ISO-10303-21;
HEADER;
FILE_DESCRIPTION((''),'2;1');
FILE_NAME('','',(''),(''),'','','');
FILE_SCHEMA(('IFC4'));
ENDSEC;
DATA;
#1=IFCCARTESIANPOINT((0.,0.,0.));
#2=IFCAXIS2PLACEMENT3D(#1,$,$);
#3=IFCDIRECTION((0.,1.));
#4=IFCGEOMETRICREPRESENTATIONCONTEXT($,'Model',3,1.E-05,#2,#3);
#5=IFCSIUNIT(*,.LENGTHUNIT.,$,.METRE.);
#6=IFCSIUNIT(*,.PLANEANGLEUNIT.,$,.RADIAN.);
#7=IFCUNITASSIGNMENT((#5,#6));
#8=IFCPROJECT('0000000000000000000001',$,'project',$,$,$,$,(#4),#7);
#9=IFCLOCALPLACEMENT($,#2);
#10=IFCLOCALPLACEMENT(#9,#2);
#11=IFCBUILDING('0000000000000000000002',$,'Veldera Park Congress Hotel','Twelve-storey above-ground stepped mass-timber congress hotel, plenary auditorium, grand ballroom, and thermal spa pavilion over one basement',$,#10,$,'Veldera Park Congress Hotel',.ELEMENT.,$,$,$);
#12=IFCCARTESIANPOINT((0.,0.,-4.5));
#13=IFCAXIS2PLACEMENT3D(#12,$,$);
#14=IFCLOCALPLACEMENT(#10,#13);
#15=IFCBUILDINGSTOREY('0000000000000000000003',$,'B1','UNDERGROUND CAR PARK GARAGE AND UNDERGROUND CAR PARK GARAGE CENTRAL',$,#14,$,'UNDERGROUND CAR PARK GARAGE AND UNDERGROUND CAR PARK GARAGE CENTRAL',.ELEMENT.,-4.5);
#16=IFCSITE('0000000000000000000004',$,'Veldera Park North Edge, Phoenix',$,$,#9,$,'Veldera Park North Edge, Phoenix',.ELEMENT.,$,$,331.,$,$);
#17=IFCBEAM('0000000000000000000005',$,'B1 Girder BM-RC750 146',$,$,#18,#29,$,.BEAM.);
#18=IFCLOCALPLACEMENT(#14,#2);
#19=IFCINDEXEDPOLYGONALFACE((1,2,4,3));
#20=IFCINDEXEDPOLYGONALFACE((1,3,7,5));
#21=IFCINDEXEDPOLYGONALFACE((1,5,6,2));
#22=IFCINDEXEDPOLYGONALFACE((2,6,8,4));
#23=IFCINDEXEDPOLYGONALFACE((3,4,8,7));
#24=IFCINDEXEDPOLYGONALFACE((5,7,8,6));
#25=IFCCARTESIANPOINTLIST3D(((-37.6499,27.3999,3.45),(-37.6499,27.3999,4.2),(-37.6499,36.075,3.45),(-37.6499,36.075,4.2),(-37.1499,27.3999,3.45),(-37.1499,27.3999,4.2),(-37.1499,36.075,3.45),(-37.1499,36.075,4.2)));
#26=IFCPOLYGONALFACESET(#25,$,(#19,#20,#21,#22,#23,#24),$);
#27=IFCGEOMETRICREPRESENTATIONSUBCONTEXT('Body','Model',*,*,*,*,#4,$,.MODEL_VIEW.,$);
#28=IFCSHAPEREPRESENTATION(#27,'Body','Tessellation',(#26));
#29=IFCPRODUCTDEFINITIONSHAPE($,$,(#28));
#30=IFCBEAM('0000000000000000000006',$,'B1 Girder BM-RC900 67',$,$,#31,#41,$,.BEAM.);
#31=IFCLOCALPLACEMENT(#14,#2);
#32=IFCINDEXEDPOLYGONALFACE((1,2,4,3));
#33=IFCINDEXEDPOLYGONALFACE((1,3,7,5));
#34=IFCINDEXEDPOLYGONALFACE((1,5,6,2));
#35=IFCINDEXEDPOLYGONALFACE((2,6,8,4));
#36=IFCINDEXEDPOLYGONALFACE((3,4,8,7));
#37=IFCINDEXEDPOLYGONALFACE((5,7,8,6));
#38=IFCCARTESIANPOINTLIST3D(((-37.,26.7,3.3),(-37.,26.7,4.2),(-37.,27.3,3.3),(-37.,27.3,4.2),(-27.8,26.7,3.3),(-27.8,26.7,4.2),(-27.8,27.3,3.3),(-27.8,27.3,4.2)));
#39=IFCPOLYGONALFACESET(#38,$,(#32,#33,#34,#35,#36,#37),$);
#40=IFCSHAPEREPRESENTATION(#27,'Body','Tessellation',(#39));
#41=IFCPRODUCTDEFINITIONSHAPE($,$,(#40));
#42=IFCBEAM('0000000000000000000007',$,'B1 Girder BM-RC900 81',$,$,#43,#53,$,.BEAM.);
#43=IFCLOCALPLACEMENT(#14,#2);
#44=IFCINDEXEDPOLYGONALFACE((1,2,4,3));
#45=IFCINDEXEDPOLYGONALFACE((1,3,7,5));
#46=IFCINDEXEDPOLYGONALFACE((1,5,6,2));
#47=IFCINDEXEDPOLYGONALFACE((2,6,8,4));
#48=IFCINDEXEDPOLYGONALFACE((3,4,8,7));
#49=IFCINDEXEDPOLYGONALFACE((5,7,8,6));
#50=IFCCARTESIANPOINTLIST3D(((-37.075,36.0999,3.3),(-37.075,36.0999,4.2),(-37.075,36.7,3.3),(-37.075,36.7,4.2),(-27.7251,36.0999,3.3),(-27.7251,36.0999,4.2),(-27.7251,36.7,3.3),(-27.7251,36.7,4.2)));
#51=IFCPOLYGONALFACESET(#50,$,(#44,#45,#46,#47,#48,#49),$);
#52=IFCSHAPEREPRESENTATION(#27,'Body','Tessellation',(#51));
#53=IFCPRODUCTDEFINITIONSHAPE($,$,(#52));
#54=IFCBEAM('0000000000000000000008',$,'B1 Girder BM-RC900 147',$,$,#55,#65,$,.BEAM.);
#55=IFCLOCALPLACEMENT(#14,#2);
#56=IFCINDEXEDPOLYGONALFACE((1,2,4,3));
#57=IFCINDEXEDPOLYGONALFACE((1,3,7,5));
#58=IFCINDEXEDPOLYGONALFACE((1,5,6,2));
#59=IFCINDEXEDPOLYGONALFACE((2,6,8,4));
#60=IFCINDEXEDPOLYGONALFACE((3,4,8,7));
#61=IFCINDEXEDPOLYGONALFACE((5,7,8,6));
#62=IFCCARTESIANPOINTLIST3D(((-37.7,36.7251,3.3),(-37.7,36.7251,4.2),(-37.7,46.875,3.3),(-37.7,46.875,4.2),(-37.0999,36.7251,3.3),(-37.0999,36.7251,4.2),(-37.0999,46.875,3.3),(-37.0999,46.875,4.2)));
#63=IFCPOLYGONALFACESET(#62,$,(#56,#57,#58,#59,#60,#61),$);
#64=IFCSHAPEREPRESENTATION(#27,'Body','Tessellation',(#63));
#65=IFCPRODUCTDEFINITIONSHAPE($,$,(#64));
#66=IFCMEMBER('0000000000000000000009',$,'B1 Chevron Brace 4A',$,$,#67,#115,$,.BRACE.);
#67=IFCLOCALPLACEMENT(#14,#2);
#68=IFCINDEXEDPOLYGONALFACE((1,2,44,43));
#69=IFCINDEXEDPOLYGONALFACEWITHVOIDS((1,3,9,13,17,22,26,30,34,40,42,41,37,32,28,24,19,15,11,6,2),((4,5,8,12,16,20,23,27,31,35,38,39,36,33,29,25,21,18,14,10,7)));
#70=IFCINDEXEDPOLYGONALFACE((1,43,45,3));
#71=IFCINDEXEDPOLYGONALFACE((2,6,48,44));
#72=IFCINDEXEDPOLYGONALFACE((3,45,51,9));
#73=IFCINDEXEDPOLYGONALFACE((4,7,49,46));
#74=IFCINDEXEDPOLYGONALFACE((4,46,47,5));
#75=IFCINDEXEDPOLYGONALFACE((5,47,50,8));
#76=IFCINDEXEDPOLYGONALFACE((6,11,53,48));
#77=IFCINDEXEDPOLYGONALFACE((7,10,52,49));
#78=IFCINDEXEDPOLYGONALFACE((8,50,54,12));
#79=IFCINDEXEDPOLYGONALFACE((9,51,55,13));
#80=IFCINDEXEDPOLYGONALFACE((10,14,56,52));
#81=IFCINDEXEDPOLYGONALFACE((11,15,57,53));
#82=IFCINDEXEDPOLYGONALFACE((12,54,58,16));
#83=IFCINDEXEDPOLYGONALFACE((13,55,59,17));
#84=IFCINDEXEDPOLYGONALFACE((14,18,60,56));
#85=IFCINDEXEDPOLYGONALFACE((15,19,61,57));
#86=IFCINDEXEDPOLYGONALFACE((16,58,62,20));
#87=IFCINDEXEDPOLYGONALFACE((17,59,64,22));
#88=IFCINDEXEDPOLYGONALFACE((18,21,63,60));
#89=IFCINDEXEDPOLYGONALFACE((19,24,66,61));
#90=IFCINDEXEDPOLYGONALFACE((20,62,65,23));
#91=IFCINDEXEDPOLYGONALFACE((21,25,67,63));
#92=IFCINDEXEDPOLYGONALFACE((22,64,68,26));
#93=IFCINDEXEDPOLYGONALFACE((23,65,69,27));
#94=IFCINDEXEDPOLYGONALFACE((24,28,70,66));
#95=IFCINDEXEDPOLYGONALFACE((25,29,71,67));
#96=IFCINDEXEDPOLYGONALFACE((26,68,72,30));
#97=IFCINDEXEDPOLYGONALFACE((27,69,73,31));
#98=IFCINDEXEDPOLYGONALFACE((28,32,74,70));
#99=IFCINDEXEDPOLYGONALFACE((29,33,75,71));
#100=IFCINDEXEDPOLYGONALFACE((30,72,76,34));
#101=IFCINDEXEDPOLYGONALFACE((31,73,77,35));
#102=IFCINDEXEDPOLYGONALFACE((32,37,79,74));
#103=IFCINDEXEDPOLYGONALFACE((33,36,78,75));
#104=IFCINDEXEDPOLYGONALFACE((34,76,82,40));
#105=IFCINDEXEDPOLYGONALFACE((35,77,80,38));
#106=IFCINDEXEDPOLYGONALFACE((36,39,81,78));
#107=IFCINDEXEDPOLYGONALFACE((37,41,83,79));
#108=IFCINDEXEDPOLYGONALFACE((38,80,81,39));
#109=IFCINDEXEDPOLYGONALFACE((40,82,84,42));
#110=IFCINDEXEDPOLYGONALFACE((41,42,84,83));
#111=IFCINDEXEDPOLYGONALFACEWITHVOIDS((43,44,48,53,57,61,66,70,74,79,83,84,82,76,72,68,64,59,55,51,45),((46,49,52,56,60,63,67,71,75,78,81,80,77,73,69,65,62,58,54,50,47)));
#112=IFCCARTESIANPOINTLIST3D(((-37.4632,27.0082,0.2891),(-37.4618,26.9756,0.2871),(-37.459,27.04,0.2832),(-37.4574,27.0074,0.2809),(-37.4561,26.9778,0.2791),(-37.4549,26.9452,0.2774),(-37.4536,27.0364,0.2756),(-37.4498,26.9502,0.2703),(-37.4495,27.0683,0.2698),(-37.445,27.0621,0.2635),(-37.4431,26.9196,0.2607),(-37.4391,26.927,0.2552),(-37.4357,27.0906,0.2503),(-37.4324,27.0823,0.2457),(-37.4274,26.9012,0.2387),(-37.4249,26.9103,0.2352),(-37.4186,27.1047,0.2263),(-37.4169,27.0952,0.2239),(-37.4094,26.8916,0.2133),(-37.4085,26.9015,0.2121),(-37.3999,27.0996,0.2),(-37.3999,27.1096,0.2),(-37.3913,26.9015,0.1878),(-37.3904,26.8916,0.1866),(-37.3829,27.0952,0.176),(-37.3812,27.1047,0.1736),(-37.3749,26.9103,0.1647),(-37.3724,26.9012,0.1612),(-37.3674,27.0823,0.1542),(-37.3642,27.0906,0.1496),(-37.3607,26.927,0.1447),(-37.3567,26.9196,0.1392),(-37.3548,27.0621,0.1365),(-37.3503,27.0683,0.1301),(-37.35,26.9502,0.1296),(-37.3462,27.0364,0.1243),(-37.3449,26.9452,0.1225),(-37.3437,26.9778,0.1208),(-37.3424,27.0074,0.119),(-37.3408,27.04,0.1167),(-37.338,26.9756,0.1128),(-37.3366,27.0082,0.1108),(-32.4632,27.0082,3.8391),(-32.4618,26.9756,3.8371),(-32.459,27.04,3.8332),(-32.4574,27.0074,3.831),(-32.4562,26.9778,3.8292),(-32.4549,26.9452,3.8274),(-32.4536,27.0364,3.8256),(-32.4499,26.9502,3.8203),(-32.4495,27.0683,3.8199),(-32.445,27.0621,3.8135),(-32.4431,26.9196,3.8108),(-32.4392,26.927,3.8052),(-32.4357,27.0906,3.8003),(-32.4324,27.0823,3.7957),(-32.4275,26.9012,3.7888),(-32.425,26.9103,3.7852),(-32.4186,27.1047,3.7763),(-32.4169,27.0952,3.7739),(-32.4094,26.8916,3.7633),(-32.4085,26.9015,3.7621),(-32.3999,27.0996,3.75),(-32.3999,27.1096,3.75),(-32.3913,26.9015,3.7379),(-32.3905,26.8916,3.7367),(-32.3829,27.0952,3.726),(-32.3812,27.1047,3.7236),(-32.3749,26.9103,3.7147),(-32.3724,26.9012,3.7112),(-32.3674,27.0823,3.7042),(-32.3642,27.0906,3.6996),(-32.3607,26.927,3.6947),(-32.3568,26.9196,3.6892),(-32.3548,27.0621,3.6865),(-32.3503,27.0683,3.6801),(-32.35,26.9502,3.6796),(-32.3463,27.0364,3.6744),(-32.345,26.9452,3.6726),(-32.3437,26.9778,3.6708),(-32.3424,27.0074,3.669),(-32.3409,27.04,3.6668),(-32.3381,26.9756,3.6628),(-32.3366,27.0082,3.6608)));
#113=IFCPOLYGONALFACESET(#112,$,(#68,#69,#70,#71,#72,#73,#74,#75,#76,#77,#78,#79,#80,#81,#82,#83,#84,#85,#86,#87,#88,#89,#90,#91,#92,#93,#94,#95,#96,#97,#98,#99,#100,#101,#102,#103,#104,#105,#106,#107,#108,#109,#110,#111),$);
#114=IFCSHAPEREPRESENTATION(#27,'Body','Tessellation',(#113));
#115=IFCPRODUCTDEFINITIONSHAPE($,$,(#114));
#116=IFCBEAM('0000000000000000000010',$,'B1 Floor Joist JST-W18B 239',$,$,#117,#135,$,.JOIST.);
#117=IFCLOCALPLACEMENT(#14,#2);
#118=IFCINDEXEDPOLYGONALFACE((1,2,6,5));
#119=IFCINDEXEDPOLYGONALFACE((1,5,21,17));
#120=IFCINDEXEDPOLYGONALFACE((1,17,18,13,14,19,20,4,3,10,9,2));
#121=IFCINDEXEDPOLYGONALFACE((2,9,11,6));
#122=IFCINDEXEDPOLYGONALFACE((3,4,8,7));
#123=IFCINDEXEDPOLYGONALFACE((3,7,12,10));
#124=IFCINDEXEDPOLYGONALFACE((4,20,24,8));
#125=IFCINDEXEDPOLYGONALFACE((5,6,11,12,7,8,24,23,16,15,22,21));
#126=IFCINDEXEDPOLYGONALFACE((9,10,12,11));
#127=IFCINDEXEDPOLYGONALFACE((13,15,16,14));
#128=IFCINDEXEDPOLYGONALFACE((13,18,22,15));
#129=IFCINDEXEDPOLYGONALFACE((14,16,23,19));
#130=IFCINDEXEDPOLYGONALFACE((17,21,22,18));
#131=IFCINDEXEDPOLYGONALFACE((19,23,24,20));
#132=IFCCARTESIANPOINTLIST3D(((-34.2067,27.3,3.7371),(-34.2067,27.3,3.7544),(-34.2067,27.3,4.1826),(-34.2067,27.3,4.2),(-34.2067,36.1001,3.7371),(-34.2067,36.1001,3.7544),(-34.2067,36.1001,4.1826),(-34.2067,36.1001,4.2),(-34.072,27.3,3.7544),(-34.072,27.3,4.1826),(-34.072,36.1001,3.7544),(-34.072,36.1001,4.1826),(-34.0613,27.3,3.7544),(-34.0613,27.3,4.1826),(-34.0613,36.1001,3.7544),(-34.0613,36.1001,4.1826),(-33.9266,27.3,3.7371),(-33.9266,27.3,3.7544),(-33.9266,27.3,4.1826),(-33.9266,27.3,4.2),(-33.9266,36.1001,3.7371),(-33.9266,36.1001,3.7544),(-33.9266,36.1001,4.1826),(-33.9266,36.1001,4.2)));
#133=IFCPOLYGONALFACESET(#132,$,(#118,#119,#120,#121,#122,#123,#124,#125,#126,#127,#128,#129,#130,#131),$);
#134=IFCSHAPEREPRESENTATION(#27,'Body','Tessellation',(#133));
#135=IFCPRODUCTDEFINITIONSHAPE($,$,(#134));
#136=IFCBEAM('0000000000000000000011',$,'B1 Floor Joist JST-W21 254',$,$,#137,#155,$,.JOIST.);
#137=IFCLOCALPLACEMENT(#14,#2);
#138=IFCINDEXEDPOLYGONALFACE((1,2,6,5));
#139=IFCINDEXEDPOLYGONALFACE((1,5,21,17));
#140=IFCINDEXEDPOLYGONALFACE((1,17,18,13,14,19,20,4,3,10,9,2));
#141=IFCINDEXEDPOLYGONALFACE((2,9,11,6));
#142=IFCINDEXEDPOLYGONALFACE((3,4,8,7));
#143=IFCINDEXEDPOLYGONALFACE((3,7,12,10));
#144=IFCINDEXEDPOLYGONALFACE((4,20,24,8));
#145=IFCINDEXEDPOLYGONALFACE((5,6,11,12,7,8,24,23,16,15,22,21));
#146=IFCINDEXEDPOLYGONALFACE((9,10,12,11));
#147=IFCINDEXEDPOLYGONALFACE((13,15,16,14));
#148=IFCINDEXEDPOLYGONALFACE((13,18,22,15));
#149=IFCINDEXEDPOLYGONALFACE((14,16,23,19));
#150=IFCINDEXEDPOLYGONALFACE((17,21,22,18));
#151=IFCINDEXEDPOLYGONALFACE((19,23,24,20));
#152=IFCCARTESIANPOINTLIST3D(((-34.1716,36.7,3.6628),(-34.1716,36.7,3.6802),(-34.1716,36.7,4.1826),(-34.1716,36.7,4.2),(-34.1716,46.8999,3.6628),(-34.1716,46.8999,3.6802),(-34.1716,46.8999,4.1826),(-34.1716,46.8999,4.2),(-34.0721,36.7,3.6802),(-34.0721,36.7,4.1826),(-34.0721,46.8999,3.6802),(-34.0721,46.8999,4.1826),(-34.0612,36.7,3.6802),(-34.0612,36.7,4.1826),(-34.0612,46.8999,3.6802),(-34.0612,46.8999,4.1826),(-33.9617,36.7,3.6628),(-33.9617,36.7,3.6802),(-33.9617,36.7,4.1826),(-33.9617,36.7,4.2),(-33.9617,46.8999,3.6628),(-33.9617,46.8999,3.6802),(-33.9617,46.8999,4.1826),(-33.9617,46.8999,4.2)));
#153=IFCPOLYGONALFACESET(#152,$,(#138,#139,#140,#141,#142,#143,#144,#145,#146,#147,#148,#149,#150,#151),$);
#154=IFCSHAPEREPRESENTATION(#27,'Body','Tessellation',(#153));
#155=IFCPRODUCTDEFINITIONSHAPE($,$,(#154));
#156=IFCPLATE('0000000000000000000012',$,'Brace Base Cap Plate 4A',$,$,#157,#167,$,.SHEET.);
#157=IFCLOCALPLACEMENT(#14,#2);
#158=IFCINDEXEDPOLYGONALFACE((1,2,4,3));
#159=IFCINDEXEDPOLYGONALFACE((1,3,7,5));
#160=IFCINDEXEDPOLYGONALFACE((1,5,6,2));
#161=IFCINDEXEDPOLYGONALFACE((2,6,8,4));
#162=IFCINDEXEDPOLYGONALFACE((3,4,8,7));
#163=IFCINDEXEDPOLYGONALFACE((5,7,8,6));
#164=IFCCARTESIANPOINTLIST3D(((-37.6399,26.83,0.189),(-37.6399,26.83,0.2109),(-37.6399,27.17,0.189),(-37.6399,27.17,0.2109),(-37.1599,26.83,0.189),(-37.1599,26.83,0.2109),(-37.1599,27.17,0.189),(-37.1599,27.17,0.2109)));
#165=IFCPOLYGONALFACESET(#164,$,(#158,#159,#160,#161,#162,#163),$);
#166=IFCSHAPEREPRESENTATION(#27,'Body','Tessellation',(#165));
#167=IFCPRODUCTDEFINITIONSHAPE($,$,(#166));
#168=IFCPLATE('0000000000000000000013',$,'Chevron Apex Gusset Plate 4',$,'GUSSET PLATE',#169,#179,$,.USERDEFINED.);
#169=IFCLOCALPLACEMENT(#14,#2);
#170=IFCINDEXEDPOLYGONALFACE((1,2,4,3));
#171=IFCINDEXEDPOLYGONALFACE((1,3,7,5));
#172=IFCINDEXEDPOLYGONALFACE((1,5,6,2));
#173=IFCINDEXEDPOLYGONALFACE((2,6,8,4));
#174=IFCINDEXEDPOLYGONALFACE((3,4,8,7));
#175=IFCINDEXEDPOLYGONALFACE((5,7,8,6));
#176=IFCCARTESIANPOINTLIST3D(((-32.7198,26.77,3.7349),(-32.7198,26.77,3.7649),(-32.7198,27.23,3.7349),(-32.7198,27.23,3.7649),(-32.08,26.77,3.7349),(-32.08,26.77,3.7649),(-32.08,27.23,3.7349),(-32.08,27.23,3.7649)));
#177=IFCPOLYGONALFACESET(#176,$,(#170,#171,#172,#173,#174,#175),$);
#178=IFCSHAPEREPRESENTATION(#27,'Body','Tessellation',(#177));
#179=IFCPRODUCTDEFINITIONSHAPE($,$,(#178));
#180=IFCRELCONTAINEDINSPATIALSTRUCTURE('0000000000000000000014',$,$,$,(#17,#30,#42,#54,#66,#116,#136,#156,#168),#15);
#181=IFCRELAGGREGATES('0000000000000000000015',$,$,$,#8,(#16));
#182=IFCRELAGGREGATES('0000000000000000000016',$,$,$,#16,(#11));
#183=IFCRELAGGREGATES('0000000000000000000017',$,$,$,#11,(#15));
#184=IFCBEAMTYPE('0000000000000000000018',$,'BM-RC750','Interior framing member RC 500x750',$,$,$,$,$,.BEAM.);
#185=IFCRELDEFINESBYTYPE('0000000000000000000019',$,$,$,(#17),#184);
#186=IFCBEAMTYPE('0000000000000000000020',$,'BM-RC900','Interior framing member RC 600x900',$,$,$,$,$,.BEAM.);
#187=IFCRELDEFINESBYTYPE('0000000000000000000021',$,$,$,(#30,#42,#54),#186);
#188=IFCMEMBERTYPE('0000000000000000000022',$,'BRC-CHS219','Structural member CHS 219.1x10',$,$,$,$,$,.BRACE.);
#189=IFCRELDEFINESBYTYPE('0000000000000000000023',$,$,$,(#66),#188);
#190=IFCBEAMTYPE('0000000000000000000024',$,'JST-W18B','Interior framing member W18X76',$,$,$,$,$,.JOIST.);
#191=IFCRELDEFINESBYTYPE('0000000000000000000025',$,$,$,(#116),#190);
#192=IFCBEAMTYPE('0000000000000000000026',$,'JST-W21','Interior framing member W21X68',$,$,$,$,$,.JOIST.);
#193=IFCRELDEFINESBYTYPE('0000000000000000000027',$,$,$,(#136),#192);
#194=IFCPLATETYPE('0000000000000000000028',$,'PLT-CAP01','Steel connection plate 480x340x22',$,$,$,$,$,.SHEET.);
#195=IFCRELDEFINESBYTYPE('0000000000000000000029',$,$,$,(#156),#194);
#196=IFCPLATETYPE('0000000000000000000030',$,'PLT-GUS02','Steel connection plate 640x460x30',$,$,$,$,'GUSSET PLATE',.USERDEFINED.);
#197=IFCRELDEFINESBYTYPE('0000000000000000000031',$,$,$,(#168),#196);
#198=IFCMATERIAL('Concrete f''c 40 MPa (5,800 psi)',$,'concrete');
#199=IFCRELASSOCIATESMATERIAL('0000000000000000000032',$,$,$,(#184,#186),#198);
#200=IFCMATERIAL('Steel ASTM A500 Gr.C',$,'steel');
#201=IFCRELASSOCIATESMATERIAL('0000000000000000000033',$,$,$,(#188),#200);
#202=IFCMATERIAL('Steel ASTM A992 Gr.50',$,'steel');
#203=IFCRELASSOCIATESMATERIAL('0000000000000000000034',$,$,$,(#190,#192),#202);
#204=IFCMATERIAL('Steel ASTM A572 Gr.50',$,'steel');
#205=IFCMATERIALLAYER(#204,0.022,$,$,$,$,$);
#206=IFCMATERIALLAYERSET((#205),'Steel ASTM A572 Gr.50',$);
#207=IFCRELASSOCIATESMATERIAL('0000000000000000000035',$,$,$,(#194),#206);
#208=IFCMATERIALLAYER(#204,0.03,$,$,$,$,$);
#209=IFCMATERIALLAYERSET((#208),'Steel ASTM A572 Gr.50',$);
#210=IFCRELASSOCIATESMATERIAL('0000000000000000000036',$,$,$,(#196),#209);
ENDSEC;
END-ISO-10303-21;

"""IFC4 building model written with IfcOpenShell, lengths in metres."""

from ifc_helpers import new_model, si_unit, direction, frame, origin, origin_2d, place, context, subcontext, project, spatial, rectangle, hollow_circle, i_section, extrude, material, layer, layer_set, material_profile, profile_set, type_object, element, save


model = new_model("IFC4")

# Units and contexts
model_context = context("Model", 3, precision=1e-05, world=origin(), true_north=direction((0.0, 1.0)))
body_context = subcontext(model_context, "Body", "Model", "MODEL_VIEW")
ifc_project = project(units=[si_unit("LENGTHUNIT", "METRE"), si_unit("PLANEANGLEUNIT", "RADIAN")], contexts=[model_context])

# Site, building, storey
site_placement = place(None, origin())
site = spatial("IfcSite", under=ifc_project, at=site_placement, Name="Veldera Park North Edge, Phoenix", LongName="Veldera Park North Edge, Phoenix", CompositionType="ELEMENT", RefElevation=331.0)
building_placement = place(site_placement, origin())
building = spatial("IfcBuilding", under=site, at=building_placement, Name="Veldera Park Congress Hotel", Description="Twelve-storey above-ground stepped mass-timber congress hotel, plenary auditorium, grand ballroom, and thermal spa pavilion over one basement", LongName="Veldera Park Congress Hotel", CompositionType="ELEMENT")
storey_placement = place(building_placement, frame((0.0, 0.0, -4.5)))
storey = spatial("IfcBuildingStorey", under=building, at=storey_placement, Name="B1", Description="UNDERGROUND CAR PARK GARAGE AND UNDERGROUND CAR PARK GARAGE CENTRAL", LongName="UNDERGROUND CAR PARK GARAGE AND UNDERGROUND CAR PARK GARAGE CENTRAL", CompositionType="ELEMENT", Elevation=-4.5)

# Shared definitions
ifc_material_1 = material(Name="Concrete f'c 40 MPa (5,800 psi)", Category="concrete")

# Beams
ifc_material_profile_1 = material_profile(ifc_material_1, rectangle(XDim=0.5, YDim=0.75, at=origin_2d()), Name="RC 500x750")
ifc_profile_set_1 = profile_set([ifc_material_profile_1], Name="Concrete f'c 40 MPa (5,800 psi)")
beam_type_1 = type_object("IfcBeamType", Name="BM-RC750", Description="Interior framing member RC 500x750", PredefinedType="BEAM", material=ifc_profile_set_1)
beam_1_placement = place(storey_placement, frame((-37.3999, 27.3999, 3.825), z_axis=(0.0, 1.0, 0.0), x_axis=(-1.0, 0.0, 0.0)))
element("IfcBeam", 1, at=beam_1_placement, inside=storey, type_object=beam_type_1, Name="B1 Girder BM-RC750 146", PredefinedType="BEAM", context=body_context, shape_type="SweptSolid", body=[
    extrude(rectangle(XDim=0.5, YDim=0.75, at=origin_2d()), origin(), (0.0, 0.0, 1.0), 8.675),
])
ifc_material_profile_2 = material_profile(ifc_material_1, rectangle(XDim=0.6001, YDim=0.8999, at=origin_2d()), Name="RC 600x900")
ifc_profile_set_2 = profile_set([ifc_material_profile_2], Name="Concrete f'c 40 MPa (5,800 psi)")
beam_type_2 = type_object("IfcBeamType", Name="BM-RC900", Description="Interior framing member RC 600x900", PredefinedType="BEAM", material=ifc_profile_set_2)
beam_2_placement = place(storey_placement, frame((-37.0, 27.0, 3.75), z_axis=(1.0, 0.0, 0.0), x_axis=(0.0, 1.0, 0.0)))
element("IfcBeam", 2, at=beam_2_placement, inside=storey, type_object=beam_type_2, Name="B1 Girder BM-RC900 67", PredefinedType="BEAM", context=body_context, shape_type="SweptSolid", body=[
    extrude(rectangle(XDim=0.6001, YDim=0.8999, at=origin_2d()), origin(), (0.0, 0.0, 1.0), 9.2),
])
beam_3_placement = place(storey_placement, frame((-37.075, 36.3999, 3.75), z_axis=(1.0, 0.0, 0.0), x_axis=(0.0, 1.0, 0.0)))
element("IfcBeam", 3, at=beam_3_placement, inside=storey, type_object=beam_type_2, Name="B1 Girder BM-RC900 81", PredefinedType="BEAM", context=body_context, shape_type="SweptSolid", body=[
    extrude(rectangle(XDim=0.6001, YDim=0.8999, at=origin_2d()), origin(), (0.0, 0.0, 1.0), 9.3499),
])
beam_4_placement = place(storey_placement, frame((-37.3999, 36.7251, 3.75), z_axis=(0.0, 1.0, 0.0), x_axis=(-1.0, 0.0, 0.0)))
element("IfcBeam", 4, at=beam_4_placement, inside=storey, type_object=beam_type_2, Name="B1 Girder BM-RC900 147", PredefinedType="BEAM", context=body_context, shape_type="SweptSolid", body=[
    extrude(rectangle(XDim=0.6001, YDim=0.8999, at=origin_2d()), origin(), (0.0, 0.0, 1.0), 10.1499),
])

# Member
ifc_material_2 = material(Name="Steel ASTM A500 Gr.C", Category="steel")
ifc_material_profile_3 = material_profile(ifc_material_2, hollow_circle(Radius=0.1096, WallThickness=0.01, at=origin_2d()), Name="CHS 219.1x10")
ifc_profile_set_3 = profile_set([ifc_material_profile_3], Name="Steel ASTM A500 Gr.C")
member_type = type_object("IfcMemberType", Name="BRC-CHS219", Description="Structural member CHS 219.1x10", PredefinedType="BRACE", material=ifc_profile_set_3)
member_placement = place(storey_placement, frame((-37.3999, 27.0, 0.2), z_axis=(0.815379, 0.0, 0.578927), x_axis=(0.0, 1.0, 0.0)))
element("IfcMember", 5, at=member_placement, inside=storey, type_object=member_type, Name="B1 Chevron Brace 4A", PredefinedType="BRACE", context=body_context, shape_type="SweptSolid", body=[
    extrude(hollow_circle(Radius=0.1096, WallThickness=0.01, at=origin_2d()), origin(), (0.0, 0.0, 1.0), 6.1321),
])

# Beams
ifc_material_3 = material(Name="Steel ASTM A992 Gr.50", Category="steel")
ifc_material_profile_4 = material_profile(ifc_material_3, i_section(OverallWidth=0.28, OverallDepth=0.4629, WebThickness=0.0107, FlangeThickness=0.0173, at=origin_2d()), Name="W18X76")
ifc_profile_set_4 = profile_set([ifc_material_profile_4], Name="Steel ASTM A992 Gr.50")
beam_type_3 = type_object("IfcBeamType", Name="JST-W18B", Description="Interior framing member W18X76", PredefinedType="JOIST", material=ifc_profile_set_4)
beam_5_placement = place(storey_placement, frame((-34.0667, 27.3, 3.9685), z_axis=(0.0, 1.0, 0.0), x_axis=(-1.0, 0.0, 0.0)))
element("IfcBeam", 6, at=beam_5_placement, inside=storey, type_object=beam_type_3, Name="B1 Floor Joist JST-W18B 239", PredefinedType="JOIST", context=body_context, shape_type="SweptSolid", body=[
    extrude(i_section(OverallWidth=0.28, OverallDepth=0.4629, WebThickness=0.0107, FlangeThickness=0.0173, at=origin_2d()), origin(), (0.0, 0.0, 1.0), 8.8),
])
ifc_material_profile_5 = material_profile(ifc_material_3, i_section(OverallWidth=0.21, OverallDepth=0.5371, WebThickness=0.011, FlangeThickness=0.0173, at=origin_2d()), Name="W21X68")
ifc_profile_set_5 = profile_set([ifc_material_profile_5], Name="Steel ASTM A992 Gr.50")
beam_type_4 = type_object("IfcBeamType", Name="JST-W21", Description="Interior framing member W21X68", PredefinedType="JOIST", material=ifc_profile_set_5)
beam_6_placement = place(storey_placement, frame((-34.0667, 36.7, 3.9314), z_axis=(0.0, 1.0, 0.0), x_axis=(-1.0, 0.0, 0.0)))
element("IfcBeam", 7, at=beam_6_placement, inside=storey, type_object=beam_type_4, Name="B1 Floor Joist JST-W21 254", PredefinedType="JOIST", context=body_context, shape_type="SweptSolid", body=[
    extrude(i_section(OverallWidth=0.21, OverallDepth=0.5371, WebThickness=0.011, FlangeThickness=0.0173, at=origin_2d()), origin(), (0.0, 0.0, 1.0), 10.2),
])

# Plates
ifc_material_4 = material(Name="Steel ASTM A572 Gr.50", Category="steel")
ifc_layer_1 = layer(ifc_material_4, 0.022)
ifc_layer_set_1 = layer_set([ifc_layer_1], Name="Steel ASTM A572 Gr.50")
plate_type_1 = type_object("IfcPlateType", Name="PLT-CAP01", Description="Steel connection plate 480x340x22", PredefinedType="SHEET", material=ifc_layer_set_1)
plate_1_placement = place(storey_placement, frame((-37.3999, 27.0, 0.189), z_axis=(0.0, 0.0, 1.0), x_axis=(1.0, 0.0, 0.0)))
element("IfcPlate", 8, at=plate_1_placement, inside=storey, type_object=plate_type_1, Name="Brace Base Cap Plate 4A", PredefinedType="SHEET", context=body_context, shape_type="SweptSolid", body=[
    extrude(rectangle(XDim=0.48, YDim=0.3401, at=origin_2d()), origin(), (0.0, 0.0, 1.0), 0.022),
])
ifc_layer_2 = layer(ifc_material_4, 0.03)
ifc_layer_set_2 = layer_set([ifc_layer_2], Name="Steel ASTM A572 Gr.50")
plate_type_2 = type_object("IfcPlateType", Name="PLT-GUS02", Description="Steel connection plate 640x460x30", ElementType="GUSSET PLATE", PredefinedType="USERDEFINED", material=ifc_layer_set_2)
plate_2_placement = place(storey_placement, frame((-32.3999, 27.0, 3.7349), z_axis=(0.0, 0.0, 1.0), x_axis=(1.0, 0.0, 0.0)))
element("IfcPlate", 9, at=plate_2_placement, inside=storey, type_object=plate_type_2, Name="Chevron Apex Gusset Plate 4", ObjectType="GUSSET PLATE", PredefinedType="USERDEFINED", context=body_context, shape_type="SweptSolid", body=[
    extrude(rectangle(XDim=0.6399, YDim=0.46, at=origin_2d()), origin(), (0.0, 0.0, 1.0), 0.03),
])

save(model, "model.ifc")
